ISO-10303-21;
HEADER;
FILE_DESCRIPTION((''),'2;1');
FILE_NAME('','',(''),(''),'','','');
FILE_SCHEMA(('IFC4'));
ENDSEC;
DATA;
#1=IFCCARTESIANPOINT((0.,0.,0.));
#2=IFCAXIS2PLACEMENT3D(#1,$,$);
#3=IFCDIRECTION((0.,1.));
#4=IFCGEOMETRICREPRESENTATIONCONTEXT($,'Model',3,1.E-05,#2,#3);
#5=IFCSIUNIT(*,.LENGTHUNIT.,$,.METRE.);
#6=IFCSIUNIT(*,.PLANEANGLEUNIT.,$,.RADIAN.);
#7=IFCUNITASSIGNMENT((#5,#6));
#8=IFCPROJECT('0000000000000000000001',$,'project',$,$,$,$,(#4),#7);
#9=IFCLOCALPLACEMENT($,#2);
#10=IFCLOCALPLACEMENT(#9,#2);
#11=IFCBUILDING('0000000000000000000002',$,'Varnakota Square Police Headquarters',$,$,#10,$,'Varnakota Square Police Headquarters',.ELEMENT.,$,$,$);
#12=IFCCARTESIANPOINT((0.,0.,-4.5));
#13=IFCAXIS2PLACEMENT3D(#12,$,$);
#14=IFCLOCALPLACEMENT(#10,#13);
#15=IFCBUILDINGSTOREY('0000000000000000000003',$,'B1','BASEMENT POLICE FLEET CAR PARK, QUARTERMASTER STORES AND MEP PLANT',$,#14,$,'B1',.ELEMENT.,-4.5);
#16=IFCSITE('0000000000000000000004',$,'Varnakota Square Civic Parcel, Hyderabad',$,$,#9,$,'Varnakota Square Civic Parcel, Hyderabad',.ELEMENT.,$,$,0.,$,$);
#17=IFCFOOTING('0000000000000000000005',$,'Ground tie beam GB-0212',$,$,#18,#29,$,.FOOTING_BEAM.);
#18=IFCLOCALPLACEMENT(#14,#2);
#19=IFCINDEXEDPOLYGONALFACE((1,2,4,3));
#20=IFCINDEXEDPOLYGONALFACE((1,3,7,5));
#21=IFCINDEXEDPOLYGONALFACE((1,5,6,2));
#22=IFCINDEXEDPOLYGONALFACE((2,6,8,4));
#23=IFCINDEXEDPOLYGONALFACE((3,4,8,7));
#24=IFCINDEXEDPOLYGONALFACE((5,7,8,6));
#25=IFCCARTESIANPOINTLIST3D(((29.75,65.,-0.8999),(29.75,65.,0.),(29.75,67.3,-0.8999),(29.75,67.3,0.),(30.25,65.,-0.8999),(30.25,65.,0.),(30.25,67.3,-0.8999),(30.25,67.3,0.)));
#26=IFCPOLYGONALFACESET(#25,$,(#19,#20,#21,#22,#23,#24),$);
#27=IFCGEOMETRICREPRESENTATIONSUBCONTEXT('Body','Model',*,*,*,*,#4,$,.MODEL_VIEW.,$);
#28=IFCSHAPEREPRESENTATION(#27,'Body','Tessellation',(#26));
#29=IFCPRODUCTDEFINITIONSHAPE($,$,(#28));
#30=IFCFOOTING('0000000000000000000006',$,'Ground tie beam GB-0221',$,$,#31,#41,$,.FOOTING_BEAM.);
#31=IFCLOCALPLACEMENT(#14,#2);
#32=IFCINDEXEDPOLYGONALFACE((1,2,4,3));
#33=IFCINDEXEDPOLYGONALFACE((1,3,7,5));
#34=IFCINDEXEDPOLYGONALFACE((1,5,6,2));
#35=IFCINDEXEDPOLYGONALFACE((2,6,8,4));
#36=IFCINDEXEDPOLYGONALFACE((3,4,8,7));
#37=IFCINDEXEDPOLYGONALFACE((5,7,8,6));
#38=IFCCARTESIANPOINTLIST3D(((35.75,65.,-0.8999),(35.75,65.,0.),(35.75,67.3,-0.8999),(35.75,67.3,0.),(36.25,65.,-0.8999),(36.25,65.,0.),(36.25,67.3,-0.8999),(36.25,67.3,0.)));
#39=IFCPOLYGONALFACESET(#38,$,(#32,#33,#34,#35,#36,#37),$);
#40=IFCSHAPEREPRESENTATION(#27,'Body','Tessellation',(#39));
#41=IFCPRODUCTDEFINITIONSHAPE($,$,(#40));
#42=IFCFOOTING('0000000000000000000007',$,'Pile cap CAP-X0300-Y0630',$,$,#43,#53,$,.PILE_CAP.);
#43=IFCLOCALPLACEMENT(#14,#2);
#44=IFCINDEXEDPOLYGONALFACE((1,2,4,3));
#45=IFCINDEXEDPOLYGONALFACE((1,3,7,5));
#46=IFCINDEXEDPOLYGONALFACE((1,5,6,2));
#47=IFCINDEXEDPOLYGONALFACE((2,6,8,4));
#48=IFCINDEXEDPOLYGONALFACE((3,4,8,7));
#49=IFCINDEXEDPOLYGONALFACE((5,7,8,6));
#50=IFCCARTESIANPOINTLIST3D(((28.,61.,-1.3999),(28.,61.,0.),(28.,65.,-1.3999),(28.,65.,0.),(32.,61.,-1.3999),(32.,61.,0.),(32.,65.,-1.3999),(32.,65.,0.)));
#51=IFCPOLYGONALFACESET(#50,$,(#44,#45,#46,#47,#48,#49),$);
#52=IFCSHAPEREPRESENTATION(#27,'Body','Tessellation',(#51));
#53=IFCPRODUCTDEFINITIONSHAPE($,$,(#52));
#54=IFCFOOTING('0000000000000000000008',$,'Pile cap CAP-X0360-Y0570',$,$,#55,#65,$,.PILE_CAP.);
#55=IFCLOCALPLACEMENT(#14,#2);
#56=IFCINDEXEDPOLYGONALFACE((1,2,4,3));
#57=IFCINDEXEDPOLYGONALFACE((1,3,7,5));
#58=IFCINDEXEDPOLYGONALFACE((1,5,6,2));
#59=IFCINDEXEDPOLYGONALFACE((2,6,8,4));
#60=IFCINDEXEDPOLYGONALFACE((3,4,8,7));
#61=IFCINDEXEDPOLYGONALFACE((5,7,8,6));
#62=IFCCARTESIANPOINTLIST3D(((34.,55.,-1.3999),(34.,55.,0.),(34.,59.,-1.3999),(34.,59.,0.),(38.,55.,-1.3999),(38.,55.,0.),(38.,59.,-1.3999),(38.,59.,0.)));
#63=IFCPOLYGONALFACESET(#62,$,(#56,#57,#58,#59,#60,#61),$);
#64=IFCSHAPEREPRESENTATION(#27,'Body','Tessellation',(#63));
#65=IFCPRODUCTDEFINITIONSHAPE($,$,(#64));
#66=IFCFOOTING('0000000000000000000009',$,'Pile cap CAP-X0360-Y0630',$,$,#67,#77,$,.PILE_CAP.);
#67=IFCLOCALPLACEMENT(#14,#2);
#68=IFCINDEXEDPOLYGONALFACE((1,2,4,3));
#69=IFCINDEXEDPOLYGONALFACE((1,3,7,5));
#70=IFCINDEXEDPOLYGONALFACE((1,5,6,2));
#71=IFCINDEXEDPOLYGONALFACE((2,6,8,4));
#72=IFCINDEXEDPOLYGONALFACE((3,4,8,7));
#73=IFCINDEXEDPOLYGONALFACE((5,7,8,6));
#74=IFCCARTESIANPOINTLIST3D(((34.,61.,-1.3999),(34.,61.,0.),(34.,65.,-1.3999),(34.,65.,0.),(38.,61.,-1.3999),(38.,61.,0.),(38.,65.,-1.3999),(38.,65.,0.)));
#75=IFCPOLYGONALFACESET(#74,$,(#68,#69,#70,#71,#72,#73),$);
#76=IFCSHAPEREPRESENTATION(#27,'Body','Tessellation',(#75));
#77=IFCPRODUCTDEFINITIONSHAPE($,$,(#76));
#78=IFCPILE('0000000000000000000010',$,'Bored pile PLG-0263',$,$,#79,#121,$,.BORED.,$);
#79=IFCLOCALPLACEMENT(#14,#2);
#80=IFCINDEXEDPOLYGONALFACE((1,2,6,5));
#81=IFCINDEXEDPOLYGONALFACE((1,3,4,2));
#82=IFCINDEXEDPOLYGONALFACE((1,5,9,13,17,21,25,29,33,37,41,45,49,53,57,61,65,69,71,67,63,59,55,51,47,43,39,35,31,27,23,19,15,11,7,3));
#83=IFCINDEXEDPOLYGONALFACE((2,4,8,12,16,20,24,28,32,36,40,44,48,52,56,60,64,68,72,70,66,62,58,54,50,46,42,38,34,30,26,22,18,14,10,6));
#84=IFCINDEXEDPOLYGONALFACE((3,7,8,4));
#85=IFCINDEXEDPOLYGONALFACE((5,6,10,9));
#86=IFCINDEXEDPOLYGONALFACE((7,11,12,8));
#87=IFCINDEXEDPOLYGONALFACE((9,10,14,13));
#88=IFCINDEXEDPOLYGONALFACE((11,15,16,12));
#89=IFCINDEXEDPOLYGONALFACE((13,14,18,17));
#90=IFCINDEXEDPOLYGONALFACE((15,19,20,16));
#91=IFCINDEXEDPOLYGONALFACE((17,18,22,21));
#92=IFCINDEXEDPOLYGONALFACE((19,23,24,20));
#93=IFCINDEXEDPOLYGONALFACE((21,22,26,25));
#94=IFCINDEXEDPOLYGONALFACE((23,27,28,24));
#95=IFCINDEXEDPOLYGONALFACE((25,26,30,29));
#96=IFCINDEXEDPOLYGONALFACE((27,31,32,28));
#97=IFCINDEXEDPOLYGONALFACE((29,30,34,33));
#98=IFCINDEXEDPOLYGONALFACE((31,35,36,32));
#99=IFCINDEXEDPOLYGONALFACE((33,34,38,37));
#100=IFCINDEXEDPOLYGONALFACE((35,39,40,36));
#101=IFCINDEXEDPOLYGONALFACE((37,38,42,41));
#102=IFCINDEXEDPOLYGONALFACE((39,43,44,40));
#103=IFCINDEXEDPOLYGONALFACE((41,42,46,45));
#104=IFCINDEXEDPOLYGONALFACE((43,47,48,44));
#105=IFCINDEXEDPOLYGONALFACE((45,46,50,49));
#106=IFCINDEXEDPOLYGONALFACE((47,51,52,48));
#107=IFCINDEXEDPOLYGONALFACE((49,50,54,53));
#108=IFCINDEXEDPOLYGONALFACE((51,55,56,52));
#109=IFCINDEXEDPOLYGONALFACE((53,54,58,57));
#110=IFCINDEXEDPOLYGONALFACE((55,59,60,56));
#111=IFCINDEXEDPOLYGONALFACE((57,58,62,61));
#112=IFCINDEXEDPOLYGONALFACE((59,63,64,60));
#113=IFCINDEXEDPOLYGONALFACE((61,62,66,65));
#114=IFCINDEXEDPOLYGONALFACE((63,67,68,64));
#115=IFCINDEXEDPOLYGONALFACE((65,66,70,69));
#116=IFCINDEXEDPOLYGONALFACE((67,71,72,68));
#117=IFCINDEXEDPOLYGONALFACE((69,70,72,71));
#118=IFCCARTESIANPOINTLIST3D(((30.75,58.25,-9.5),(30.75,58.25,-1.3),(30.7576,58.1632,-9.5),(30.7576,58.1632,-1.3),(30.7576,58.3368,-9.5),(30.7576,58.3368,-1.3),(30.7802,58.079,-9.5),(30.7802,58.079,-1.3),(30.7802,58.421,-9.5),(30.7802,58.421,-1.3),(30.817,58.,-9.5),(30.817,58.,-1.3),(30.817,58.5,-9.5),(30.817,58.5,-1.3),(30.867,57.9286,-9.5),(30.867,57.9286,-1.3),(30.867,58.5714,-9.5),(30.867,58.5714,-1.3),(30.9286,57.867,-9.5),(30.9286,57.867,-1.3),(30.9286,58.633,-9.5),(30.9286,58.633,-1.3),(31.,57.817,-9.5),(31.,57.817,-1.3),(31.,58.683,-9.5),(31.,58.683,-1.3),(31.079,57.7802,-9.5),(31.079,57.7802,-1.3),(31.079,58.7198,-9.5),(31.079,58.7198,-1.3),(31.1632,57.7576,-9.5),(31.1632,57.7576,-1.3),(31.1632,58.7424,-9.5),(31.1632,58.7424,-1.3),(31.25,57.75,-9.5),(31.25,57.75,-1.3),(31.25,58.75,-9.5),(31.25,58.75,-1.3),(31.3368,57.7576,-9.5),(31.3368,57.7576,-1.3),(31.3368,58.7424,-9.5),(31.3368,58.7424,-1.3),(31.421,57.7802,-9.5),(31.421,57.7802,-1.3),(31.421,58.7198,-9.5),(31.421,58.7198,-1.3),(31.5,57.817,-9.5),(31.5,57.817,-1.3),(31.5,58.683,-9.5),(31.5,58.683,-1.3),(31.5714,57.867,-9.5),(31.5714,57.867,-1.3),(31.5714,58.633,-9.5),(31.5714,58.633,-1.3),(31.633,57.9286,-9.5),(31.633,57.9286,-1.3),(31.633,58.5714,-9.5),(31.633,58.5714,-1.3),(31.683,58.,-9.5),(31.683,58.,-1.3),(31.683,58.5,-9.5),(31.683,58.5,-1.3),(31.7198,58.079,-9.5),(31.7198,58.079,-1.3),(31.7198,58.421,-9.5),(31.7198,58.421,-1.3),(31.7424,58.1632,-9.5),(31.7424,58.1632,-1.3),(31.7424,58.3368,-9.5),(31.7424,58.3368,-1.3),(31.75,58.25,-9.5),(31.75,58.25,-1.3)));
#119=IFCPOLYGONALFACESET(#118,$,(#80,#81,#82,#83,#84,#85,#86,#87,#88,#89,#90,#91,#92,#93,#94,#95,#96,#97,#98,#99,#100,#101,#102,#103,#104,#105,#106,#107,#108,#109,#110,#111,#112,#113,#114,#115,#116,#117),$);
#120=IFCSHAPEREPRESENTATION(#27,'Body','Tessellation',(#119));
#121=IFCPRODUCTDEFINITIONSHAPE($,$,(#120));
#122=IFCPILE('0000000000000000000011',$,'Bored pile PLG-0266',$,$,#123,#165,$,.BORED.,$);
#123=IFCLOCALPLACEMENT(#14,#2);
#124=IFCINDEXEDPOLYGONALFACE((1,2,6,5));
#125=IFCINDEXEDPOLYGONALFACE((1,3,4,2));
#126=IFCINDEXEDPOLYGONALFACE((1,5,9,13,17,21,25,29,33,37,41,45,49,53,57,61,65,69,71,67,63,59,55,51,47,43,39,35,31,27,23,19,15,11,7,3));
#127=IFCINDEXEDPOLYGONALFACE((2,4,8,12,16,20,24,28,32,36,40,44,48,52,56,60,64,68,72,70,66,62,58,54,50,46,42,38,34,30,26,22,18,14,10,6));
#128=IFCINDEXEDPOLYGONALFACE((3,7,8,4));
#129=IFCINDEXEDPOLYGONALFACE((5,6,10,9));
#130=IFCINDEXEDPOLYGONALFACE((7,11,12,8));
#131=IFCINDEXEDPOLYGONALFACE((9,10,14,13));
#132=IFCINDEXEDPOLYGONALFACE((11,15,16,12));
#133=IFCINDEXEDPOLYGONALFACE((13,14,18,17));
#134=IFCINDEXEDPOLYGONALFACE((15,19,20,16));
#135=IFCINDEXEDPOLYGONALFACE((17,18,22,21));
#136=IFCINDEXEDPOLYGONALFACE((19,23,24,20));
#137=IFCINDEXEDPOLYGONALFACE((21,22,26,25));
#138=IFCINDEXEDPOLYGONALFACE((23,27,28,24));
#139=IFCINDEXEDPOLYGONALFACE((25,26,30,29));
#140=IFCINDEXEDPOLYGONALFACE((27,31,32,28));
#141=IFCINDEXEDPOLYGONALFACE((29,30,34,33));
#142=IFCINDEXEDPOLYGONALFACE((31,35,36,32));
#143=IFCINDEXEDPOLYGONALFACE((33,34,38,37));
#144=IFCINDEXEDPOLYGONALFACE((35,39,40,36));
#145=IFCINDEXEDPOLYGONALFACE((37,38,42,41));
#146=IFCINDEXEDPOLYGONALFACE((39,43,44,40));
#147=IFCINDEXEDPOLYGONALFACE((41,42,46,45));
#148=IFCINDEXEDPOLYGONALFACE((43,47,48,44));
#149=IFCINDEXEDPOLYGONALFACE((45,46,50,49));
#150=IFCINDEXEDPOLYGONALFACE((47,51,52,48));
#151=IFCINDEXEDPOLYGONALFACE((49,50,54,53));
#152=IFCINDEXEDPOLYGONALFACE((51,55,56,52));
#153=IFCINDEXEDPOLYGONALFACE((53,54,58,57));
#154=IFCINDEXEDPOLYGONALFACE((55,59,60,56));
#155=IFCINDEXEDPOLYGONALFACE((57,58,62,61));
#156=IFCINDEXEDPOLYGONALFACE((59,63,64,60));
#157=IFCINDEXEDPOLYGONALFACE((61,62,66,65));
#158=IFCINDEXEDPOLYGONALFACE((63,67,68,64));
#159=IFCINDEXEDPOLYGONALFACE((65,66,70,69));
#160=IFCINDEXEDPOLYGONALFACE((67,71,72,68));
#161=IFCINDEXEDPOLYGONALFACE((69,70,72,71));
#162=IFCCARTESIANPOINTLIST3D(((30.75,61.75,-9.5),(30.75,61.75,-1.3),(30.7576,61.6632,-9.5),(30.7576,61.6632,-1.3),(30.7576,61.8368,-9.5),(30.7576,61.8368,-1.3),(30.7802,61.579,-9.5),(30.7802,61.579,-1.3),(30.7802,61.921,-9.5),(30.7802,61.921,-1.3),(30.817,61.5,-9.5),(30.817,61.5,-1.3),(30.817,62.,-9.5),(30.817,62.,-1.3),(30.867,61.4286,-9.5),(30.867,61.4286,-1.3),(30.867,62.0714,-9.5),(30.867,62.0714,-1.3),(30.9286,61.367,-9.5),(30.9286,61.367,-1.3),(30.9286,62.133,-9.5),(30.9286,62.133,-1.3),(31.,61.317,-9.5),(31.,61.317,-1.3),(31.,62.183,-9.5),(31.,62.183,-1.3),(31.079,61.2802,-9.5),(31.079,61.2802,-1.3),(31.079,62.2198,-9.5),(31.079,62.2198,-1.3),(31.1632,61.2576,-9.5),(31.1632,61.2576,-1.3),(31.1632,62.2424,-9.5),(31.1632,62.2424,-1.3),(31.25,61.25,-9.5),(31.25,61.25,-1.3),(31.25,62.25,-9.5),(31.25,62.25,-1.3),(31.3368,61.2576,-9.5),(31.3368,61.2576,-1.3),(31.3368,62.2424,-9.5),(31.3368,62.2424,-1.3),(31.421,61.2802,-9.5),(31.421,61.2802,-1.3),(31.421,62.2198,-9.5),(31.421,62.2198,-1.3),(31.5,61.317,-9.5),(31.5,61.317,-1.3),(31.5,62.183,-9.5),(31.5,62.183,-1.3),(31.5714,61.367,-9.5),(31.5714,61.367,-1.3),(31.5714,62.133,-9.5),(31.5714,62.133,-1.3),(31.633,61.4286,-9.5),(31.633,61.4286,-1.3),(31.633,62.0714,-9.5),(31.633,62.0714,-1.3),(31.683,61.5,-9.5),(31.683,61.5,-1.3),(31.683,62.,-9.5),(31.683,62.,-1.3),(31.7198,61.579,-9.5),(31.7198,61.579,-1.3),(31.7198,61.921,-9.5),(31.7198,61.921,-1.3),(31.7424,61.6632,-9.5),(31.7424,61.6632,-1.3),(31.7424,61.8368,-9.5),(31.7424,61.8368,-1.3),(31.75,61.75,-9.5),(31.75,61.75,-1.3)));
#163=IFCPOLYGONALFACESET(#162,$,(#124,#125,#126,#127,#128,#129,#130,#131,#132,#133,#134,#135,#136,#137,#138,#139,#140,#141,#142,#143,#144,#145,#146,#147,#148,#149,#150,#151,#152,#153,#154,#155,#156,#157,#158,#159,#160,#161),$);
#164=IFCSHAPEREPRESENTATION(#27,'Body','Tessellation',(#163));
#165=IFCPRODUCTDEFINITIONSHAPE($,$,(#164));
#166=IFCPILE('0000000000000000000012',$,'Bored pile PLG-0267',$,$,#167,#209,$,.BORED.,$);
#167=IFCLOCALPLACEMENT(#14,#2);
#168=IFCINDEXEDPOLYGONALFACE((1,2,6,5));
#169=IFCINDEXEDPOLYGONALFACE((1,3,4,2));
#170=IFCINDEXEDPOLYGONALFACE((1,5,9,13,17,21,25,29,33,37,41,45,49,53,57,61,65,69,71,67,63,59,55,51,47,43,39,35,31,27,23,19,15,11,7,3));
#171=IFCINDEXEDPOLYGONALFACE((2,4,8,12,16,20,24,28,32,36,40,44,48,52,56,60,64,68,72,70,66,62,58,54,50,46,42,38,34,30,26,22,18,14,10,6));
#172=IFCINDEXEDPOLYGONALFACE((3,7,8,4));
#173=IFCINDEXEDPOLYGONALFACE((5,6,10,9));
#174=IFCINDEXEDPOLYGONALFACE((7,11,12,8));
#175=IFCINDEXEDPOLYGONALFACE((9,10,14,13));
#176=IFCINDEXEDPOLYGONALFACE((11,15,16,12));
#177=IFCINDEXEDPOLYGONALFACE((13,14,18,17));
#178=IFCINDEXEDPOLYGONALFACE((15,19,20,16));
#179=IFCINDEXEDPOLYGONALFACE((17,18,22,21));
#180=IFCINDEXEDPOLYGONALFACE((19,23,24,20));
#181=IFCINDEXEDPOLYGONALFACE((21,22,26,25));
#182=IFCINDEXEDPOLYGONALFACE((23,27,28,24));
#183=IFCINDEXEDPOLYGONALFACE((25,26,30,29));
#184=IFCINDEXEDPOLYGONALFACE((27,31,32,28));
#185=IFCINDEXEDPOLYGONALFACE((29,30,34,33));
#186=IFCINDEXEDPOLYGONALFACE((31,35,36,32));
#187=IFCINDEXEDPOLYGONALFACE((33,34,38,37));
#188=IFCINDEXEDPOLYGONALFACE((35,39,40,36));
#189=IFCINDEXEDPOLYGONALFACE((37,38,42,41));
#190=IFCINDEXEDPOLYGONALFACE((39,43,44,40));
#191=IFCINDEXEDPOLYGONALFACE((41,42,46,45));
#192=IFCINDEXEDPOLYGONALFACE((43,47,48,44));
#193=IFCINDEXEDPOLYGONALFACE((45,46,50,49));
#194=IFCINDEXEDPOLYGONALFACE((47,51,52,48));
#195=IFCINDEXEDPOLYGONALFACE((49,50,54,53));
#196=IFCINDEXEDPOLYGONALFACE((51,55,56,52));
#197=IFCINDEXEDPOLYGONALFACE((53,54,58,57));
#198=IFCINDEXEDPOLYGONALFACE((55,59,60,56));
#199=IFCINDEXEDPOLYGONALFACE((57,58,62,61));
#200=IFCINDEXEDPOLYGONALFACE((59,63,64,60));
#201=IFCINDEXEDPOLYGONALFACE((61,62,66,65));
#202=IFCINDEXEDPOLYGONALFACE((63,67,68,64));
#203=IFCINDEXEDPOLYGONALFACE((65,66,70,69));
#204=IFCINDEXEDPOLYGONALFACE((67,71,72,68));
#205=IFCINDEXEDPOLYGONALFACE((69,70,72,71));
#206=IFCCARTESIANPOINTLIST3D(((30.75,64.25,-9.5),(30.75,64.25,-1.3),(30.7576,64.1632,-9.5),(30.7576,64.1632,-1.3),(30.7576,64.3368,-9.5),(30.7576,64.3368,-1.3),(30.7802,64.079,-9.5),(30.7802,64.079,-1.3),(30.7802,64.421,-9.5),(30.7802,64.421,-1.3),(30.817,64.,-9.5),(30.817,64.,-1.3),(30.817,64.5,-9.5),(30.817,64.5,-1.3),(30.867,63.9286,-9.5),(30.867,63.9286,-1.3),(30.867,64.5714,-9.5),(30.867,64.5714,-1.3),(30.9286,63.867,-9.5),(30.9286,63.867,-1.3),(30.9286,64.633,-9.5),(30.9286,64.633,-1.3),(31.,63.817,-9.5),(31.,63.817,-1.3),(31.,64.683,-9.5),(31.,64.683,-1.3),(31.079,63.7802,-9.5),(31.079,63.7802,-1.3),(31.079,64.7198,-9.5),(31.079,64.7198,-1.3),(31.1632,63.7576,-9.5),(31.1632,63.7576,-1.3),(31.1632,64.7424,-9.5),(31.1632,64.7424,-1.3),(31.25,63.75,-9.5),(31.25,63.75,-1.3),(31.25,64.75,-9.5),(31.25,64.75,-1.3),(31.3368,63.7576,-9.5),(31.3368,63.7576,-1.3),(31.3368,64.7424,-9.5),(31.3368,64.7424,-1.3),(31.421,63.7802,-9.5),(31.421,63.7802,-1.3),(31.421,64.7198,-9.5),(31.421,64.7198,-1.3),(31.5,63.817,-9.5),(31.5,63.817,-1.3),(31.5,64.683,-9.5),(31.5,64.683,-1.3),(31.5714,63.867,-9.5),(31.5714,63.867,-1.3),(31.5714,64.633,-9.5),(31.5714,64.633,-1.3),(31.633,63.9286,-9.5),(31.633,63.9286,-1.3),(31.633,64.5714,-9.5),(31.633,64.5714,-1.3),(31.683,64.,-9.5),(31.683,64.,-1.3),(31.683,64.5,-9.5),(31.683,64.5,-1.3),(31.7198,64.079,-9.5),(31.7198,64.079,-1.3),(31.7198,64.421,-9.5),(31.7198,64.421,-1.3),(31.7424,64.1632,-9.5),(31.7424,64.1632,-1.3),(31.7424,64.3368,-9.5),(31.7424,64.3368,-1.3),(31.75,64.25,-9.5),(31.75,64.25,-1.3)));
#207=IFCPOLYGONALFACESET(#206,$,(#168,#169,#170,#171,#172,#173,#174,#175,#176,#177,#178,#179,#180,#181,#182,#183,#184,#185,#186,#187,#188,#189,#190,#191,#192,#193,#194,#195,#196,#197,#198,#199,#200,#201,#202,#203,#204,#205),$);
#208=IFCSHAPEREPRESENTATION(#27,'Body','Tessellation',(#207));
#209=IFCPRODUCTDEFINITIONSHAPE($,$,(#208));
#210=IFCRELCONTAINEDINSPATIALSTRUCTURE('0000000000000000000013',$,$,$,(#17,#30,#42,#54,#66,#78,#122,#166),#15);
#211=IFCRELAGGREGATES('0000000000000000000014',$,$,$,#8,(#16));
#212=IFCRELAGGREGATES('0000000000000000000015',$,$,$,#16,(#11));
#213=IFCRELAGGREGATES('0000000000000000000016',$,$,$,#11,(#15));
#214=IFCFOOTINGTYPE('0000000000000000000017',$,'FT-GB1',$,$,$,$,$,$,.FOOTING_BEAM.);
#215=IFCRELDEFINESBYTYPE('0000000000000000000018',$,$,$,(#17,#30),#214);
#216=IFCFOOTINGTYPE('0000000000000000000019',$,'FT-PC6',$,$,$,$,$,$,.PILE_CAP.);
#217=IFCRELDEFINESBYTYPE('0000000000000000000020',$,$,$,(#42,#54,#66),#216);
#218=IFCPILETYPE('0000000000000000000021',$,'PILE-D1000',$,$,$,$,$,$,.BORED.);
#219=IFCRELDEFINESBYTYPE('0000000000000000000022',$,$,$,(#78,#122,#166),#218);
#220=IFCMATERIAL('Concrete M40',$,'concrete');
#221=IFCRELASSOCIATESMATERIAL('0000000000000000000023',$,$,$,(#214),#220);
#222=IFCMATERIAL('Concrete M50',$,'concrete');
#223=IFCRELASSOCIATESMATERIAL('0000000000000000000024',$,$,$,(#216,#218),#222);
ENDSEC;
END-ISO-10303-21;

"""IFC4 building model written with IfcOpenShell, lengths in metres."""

from ifc_helpers import new_model, si_unit, direction, frame, origin, origin_2d, place, context, subcontext, project, spatial, rectangle, circle, extrude, material, material_profile, profile_set, type_object, element, save


model = new_model("IFC4")

# Units and contexts
model_context = context("Model", 3, precision=1e-05, world=origin(), true_north=direction((0.0, 1.0)))
body_context = subcontext(model_context, "Body", "Model", "MODEL_VIEW")
ifc_project = project(units=[si_unit("LENGTHUNIT", "METRE"), si_unit("PLANEANGLEUNIT", "RADIAN")], contexts=[model_context])

# Site, building, storey
site_placement = place(None, origin())
site = spatial("IfcSite", under=ifc_project, at=site_placement, Name="Varnakota Square Civic Parcel, Hyderabad", LongName="Varnakota Square Civic Parcel, Hyderabad", CompositionType="ELEMENT", RefElevation=0.0)
building_placement = place(site_placement, origin())
building = spatial("IfcBuilding", under=site, at=building_placement, Name="Varnakota Square Police Headquarters", LongName="Varnakota Square Police Headquarters", CompositionType="ELEMENT")
storey_placement = place(building_placement, frame((0.0, 0.0, -4.5)))
storey = spatial("IfcBuildingStorey", under=building, at=storey_placement, Name="B1", Description="BASEMENT POLICE FLEET CAR PARK, QUARTERMASTER STORES AND MEP PLANT", LongName="B1", CompositionType="ELEMENT", Elevation=-4.5)

# Footings
ifc_material_1 = material(Name="Concrete M40", Category="concrete")
ifc_material_profile_1 = material_profile(ifc_material_1, rectangle(XDim=0.5, YDim=0.8999, at=origin_2d()), Name="GB 500x900")
ifc_profile_set_1 = profile_set([ifc_material_profile_1], Name="Concrete M40")
footing_type_1 = type_object("IfcFootingType", Name="FT-GB1", PredefinedType="FOOTING_BEAM", material=ifc_profile_set_1)
for number, where, z_axis, x_axis, name in (
    (1, (30.0, 65.0, -0.45), (0.0, 1.0, 0.0), (-1.0, 0.0, 0.0), "Ground tie beam GB-0212"),
    (2, (36.0, 65.0, -0.45), (0.0, 1.0, 0.0), (-1.0, 0.0, 0.0), "Ground tie beam GB-0221"),
):
    element("IfcFooting", number, at=place(storey_placement, frame(where, z_axis=z_axis, x_axis=x_axis)), inside=storey, type_object=footing_type_1, Name=name, PredefinedType="FOOTING_BEAM", context=body_context, shape_type="SweptSolid", body=[
        extrude(rectangle(XDim=0.5, YDim=0.8999, at=origin_2d()), origin(), (0.0, 0.0, 1.0), 2.3),
    ])
ifc_material_2 = material(Name="Concrete M50", Category="concrete")
footing_type_2 = type_object("IfcFootingType", Name="FT-PC6", PredefinedType="PILE_CAP", material=ifc_material_2)
for number, where, z_axis, x_axis, name in (
    (3, (30.0, 63.0, -1.3999), (0.0, 0.0, 1.0), (1.0, 0.0, 0.0), "Pile cap CAP-X0300-Y0630"),
    (4, (36.0, 57.0, -1.3999), (0.0, 0.0, 1.0), (1.0, 0.0, 0.0), "Pile cap CAP-X0360-Y0570"),
    (5, (36.0, 63.0, -1.3999), (0.0, 0.0, 1.0), (1.0, 0.0, 0.0), "Pile cap CAP-X0360-Y0630"),
):
    element("IfcFooting", number, at=place(storey_placement, frame(where, z_axis=z_axis, x_axis=x_axis)), inside=storey, type_object=footing_type_2, Name=name, PredefinedType="PILE_CAP", context=body_context, shape_type="SweptSolid", body=[
        extrude(rectangle(XDim=4.0, YDim=4.0, at=origin_2d()), origin(), (0.0, 0.0, 1.0), 1.3999),
    ])

# Piles
ifc_material_profile_2 = material_profile(ifc_material_2, circle(Radius=0.5, at=origin_2d()), Name="BORED PILE 1000")
ifc_profile_set_2 = profile_set([ifc_material_profile_2], Name="Concrete M50")
pile_type = type_object("IfcPileType", Name="PILE-D1000", PredefinedType="BORED", material=ifc_profile_set_2)
for number, where, z_axis, x_axis, name in (
    (6, (31.25, 58.25, -1.3), (0.0, 0.0, -1.0), (1.0, 0.0, 0.0), "Bored pile PLG-0263"),
    (7, (31.25, 61.75, -1.3), (0.0, 0.0, -1.0), (1.0, 0.0, 0.0), "Bored pile PLG-0266"),
    (8, (31.25, 64.25, -1.3), (0.0, 0.0, -1.0), (1.0, 0.0, 0.0), "Bored pile PLG-0267"),
):
    element("IfcPile", number, at=place(storey_placement, frame(where, z_axis=z_axis, x_axis=x_axis)), inside=storey, type_object=pile_type, Name=name, PredefinedType="BORED", context=body_context, shape_type="SweptSolid", body=[
        extrude(circle(Radius=0.5, at=origin_2d()), origin(), (0.0, 0.0, 1.0), 8.2),
    ])

save(model, "model.ifc")
